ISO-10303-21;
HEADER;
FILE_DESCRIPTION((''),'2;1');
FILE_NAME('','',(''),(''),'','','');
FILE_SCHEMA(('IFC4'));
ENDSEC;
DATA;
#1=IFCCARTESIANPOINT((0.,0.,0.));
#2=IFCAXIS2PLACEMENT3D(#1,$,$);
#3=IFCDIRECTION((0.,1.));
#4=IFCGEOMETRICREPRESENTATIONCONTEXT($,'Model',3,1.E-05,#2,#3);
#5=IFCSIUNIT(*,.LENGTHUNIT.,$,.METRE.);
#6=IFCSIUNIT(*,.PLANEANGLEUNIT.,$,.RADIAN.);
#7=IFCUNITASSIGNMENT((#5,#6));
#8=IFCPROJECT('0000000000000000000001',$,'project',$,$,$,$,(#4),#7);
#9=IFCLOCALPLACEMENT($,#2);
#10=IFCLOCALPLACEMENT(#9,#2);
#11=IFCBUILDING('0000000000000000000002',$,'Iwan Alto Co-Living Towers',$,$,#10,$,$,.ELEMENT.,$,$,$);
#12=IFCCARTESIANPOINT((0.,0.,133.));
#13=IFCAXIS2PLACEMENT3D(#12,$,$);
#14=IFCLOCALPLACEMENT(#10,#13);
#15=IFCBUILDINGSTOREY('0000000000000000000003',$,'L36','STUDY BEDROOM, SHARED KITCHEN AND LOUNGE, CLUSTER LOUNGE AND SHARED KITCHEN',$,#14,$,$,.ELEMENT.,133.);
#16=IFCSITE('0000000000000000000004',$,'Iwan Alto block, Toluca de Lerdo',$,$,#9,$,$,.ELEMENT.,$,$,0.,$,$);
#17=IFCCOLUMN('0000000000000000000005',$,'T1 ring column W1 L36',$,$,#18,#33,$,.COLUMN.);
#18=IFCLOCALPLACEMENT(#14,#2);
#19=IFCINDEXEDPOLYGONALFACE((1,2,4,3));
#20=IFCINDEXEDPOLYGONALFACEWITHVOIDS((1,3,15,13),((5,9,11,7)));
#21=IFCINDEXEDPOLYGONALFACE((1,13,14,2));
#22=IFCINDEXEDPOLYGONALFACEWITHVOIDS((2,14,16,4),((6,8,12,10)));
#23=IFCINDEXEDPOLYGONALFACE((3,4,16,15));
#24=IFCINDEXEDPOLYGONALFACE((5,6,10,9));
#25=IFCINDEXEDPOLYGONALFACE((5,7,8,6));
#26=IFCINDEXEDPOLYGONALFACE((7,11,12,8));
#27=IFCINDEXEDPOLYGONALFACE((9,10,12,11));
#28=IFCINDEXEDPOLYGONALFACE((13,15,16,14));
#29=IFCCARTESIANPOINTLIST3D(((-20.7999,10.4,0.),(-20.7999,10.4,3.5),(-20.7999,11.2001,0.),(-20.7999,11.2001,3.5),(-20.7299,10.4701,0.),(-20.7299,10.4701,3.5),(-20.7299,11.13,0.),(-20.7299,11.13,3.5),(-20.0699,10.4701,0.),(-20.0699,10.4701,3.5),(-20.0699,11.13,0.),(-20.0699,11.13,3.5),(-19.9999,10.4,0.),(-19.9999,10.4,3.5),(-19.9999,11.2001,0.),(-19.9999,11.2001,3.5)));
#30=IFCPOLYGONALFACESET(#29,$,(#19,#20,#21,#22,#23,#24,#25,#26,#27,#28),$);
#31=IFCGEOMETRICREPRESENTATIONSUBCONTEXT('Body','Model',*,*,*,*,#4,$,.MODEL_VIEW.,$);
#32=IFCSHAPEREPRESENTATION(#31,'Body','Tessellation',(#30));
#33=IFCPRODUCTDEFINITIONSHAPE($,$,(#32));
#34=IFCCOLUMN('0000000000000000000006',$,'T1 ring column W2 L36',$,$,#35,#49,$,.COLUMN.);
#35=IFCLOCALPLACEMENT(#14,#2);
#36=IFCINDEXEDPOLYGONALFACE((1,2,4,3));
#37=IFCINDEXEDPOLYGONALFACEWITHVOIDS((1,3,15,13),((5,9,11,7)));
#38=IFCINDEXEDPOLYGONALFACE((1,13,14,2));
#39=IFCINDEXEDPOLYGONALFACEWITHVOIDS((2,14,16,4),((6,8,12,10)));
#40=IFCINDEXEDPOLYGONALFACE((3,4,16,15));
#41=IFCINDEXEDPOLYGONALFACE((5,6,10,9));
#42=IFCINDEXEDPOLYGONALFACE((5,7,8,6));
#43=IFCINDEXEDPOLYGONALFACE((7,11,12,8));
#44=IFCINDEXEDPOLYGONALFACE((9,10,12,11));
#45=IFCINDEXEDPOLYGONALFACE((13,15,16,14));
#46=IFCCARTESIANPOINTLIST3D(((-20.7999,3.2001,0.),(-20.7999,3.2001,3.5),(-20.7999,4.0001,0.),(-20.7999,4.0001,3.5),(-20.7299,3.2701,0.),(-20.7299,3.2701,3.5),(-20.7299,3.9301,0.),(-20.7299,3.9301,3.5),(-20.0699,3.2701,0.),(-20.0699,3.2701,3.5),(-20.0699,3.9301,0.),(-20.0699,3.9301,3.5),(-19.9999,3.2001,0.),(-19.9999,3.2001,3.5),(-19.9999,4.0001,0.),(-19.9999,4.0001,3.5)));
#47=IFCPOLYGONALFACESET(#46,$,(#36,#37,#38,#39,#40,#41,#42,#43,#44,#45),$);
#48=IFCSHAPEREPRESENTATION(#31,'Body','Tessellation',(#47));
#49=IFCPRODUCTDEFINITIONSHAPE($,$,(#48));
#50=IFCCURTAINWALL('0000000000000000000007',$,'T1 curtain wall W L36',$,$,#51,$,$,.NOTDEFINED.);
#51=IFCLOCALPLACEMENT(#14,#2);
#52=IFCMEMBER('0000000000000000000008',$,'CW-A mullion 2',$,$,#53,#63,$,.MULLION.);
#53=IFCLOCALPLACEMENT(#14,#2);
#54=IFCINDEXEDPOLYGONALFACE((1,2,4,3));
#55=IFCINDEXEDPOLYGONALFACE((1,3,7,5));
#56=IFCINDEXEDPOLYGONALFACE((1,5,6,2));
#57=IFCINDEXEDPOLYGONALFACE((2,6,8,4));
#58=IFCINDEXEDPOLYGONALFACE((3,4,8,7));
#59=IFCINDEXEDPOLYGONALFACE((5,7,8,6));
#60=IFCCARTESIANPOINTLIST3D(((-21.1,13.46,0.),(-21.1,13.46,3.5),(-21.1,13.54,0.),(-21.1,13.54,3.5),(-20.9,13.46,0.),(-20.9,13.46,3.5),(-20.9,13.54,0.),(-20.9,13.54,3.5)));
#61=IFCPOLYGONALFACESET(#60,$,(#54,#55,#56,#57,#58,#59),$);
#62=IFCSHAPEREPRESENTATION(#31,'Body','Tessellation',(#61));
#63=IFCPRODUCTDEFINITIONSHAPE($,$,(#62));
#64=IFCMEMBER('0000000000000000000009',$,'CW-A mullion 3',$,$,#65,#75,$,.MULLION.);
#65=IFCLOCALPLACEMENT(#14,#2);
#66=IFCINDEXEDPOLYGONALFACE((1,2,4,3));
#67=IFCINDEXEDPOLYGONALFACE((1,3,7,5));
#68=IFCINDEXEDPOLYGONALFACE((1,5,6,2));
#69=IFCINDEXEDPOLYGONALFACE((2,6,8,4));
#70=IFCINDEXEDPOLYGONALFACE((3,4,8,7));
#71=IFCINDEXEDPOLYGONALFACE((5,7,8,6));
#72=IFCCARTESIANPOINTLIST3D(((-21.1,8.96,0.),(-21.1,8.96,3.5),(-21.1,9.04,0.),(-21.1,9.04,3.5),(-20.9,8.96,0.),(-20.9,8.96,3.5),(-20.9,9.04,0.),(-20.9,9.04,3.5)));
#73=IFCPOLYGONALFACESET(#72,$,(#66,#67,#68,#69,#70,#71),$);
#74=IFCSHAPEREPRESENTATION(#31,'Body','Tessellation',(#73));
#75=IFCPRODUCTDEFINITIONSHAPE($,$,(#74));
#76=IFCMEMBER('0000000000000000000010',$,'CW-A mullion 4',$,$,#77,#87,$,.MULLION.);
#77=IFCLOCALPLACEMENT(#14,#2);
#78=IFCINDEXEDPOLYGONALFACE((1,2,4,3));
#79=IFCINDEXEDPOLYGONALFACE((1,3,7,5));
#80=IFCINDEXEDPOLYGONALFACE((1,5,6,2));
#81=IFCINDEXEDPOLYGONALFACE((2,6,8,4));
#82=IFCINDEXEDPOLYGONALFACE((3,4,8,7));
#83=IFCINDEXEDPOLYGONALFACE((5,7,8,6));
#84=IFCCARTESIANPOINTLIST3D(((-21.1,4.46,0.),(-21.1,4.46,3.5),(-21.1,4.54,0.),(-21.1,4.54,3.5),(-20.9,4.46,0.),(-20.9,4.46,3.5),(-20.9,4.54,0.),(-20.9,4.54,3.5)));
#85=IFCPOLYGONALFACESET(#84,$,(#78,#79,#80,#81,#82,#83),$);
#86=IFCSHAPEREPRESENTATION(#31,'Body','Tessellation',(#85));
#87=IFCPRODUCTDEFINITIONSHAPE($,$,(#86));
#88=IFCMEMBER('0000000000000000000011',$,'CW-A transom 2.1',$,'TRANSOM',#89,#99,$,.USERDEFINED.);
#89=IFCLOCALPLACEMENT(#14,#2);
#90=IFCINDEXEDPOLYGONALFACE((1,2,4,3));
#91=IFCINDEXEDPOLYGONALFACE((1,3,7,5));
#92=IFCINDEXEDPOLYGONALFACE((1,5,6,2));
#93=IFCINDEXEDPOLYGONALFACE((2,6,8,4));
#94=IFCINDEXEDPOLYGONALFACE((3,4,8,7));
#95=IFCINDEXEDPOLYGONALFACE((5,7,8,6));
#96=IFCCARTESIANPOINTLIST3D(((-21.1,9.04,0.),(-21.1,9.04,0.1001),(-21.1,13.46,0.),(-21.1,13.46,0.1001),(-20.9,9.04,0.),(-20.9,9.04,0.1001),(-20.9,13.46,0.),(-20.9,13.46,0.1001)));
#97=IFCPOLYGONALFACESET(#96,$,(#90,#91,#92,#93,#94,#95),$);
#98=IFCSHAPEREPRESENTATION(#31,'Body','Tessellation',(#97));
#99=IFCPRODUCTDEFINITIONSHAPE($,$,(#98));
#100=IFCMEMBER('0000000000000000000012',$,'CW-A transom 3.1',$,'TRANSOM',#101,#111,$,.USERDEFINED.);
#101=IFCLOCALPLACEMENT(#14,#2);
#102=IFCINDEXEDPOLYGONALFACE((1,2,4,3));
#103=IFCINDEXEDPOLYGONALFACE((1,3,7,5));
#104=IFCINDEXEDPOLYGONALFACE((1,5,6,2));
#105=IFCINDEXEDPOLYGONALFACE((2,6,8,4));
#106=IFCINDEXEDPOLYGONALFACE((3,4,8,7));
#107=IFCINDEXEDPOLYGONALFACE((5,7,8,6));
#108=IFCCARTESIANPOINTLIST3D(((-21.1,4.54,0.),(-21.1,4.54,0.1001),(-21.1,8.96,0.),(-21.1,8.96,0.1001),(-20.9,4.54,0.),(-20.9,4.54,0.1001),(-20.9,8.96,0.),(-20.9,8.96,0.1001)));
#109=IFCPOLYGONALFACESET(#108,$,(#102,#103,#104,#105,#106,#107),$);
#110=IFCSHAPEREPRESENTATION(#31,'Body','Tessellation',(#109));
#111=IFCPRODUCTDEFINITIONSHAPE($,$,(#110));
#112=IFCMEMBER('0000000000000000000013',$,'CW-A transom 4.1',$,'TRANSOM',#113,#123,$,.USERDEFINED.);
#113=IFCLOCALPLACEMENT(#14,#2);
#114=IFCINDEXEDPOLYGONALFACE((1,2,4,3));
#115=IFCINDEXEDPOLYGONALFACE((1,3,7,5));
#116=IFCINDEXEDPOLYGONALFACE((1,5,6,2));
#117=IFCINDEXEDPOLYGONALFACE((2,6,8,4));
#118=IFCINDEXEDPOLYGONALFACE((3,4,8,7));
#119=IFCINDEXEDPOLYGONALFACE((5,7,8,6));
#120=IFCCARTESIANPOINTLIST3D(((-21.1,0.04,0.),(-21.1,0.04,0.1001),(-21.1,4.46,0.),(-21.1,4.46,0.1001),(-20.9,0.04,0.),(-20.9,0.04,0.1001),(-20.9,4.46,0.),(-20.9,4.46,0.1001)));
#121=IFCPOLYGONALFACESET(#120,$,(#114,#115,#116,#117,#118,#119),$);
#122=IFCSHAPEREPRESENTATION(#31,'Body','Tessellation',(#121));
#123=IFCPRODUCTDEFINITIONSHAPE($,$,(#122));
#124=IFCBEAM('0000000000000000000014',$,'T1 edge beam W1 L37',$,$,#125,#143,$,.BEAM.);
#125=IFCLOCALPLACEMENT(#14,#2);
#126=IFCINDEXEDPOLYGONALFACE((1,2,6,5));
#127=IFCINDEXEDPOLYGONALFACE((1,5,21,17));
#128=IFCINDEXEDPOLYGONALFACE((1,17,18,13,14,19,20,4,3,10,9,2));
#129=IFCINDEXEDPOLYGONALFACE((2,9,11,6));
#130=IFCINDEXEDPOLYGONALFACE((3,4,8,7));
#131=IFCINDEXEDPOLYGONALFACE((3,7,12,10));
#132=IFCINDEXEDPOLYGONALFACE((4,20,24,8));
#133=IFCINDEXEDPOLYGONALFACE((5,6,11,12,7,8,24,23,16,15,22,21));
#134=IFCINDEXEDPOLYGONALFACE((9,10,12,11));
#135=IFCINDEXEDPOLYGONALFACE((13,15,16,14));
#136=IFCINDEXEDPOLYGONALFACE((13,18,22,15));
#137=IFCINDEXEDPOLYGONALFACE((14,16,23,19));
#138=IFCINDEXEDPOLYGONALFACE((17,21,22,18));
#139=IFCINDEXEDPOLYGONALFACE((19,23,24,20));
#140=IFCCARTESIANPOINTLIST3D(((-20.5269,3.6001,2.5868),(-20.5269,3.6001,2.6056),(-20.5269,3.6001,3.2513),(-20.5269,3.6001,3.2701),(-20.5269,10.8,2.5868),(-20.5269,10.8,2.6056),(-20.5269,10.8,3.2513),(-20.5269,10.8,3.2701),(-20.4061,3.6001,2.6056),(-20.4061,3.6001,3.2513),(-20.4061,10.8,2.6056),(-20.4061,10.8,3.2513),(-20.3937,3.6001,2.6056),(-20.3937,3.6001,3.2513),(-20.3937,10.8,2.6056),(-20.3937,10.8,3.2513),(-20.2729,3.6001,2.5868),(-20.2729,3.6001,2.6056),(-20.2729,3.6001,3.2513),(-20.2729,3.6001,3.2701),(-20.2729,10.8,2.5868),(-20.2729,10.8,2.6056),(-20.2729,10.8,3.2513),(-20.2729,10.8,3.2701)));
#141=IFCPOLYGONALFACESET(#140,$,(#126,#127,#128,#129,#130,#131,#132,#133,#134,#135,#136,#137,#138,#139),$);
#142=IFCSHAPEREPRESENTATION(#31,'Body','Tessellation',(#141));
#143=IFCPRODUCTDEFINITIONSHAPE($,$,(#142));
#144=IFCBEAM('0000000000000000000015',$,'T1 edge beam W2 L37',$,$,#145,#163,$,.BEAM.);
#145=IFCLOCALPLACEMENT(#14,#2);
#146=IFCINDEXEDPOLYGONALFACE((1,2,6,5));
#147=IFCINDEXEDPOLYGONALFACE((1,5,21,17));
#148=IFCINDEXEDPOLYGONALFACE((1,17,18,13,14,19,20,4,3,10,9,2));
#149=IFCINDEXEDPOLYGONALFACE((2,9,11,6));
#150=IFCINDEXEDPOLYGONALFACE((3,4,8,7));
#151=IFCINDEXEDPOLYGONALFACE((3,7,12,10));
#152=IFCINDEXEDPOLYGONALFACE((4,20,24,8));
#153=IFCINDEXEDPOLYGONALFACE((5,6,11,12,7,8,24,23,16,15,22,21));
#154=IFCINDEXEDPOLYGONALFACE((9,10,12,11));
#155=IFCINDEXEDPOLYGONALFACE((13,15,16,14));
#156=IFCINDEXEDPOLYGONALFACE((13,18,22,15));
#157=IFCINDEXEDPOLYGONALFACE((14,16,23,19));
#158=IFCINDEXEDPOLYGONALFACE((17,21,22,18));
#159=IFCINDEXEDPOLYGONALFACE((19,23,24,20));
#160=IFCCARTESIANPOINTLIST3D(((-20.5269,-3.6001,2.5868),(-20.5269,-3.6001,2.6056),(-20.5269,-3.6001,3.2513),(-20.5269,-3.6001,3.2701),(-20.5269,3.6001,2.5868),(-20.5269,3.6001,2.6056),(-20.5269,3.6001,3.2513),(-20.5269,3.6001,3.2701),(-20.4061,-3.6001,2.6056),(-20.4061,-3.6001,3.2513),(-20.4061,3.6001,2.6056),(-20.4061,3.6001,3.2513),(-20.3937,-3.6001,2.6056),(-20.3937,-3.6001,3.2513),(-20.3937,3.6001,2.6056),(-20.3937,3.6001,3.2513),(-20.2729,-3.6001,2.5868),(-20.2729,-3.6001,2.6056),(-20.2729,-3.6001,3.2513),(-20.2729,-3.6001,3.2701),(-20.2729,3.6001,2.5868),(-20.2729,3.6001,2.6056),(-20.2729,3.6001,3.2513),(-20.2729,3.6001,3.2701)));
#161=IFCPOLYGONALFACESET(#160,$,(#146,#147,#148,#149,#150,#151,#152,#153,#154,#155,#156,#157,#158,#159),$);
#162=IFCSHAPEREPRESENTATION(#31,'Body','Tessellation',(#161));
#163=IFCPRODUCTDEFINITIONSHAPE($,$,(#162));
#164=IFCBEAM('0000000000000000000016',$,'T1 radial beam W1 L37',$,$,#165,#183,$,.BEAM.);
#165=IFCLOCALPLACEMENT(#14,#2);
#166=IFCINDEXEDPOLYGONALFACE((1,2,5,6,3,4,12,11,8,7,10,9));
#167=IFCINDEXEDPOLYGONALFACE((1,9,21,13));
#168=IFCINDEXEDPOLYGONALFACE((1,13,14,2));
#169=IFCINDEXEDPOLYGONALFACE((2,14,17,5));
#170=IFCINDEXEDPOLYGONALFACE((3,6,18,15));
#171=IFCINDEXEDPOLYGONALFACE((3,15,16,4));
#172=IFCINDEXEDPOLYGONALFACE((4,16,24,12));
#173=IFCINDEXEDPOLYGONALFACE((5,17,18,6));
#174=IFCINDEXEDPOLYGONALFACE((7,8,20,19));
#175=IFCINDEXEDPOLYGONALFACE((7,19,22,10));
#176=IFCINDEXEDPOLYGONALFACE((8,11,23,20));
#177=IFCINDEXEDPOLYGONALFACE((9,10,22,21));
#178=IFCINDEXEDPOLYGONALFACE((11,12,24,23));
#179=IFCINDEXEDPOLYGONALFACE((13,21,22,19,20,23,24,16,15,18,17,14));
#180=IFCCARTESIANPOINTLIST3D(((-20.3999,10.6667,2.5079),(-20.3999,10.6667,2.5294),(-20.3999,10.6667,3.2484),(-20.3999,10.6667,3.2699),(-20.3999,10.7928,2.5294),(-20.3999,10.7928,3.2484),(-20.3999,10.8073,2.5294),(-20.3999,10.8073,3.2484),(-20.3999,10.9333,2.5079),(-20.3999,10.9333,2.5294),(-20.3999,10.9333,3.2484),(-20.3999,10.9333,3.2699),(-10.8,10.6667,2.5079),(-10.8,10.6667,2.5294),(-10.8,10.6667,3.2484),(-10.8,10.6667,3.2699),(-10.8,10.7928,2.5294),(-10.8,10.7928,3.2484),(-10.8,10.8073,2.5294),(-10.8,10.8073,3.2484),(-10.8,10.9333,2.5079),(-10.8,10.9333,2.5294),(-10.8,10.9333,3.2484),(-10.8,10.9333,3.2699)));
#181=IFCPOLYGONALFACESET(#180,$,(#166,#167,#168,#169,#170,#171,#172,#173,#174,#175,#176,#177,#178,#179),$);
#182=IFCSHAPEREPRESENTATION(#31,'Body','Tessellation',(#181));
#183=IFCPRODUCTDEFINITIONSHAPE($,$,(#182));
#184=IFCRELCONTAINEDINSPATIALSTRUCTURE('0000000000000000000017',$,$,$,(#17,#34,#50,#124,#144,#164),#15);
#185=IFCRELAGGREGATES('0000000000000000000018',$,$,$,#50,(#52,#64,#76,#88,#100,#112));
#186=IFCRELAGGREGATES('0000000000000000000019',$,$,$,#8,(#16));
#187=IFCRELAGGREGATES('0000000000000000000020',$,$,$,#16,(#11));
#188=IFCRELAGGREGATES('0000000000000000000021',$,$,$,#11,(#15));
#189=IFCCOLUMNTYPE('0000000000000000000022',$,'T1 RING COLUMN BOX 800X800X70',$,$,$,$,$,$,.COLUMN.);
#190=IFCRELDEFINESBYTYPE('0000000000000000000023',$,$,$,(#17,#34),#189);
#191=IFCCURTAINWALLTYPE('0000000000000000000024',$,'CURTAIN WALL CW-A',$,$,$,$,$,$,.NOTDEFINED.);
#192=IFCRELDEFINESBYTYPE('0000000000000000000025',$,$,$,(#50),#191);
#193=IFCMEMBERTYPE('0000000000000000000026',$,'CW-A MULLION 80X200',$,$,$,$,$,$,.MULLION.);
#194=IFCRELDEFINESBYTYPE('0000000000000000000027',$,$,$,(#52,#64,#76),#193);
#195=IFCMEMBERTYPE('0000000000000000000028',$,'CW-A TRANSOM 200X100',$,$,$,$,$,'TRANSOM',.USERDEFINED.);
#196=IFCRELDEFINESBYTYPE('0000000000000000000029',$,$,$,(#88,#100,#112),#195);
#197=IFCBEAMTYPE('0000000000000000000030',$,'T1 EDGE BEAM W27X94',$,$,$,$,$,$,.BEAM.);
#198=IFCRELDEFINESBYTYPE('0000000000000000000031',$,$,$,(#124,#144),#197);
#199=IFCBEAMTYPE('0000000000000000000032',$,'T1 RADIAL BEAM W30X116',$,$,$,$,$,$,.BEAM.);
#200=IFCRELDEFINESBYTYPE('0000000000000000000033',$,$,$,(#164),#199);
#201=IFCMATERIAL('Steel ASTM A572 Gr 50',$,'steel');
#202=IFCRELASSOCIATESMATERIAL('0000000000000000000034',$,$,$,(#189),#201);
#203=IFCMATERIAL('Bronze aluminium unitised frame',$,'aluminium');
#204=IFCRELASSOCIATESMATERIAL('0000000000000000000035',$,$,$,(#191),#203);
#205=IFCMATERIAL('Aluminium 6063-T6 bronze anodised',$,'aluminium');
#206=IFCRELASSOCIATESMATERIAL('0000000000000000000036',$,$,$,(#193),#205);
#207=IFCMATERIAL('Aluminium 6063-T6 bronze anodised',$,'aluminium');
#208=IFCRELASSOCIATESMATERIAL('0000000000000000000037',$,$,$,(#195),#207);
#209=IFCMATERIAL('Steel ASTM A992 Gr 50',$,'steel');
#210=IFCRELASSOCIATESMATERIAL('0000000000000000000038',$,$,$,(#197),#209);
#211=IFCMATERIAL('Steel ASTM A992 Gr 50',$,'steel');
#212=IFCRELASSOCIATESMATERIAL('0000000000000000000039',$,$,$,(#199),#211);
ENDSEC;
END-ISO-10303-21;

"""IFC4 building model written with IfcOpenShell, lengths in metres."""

from ifc_helpers import new_model, si_unit, direction, frame, origin, origin_2d, place, context, subcontext, project, spatial, rectangle, hollow_rectangle, i_section, extrude, material, material_profile, profile_set, type_object, element, aggregate, save


model = new_model("IFC4")

# Units and contexts
model_context = context("Model", 3, precision=1e-05, world=origin(), true_north=direction((0.0, 1.0)))
body_context = subcontext(model_context, "Body", "Model", "MODEL_VIEW")
ifc_project = project(units=[si_unit("LENGTHUNIT", "METRE"), si_unit("PLANEANGLEUNIT", "RADIAN")], contexts=[model_context])

# Site, building, storey
site_placement = place(None, origin())
site = spatial("IfcSite", under=ifc_project, at=site_placement, Name="Iwan Alto block, Toluca de Lerdo", CompositionType="ELEMENT", RefElevation=0.0)
building_placement = place(site_placement, origin())
building = spatial("IfcBuilding", under=site, at=building_placement, Name="Iwan Alto Co-Living Towers", CompositionType="ELEMENT")
storey_placement = place(building_placement, frame((0.0, 0.0, 133.0)))
storey = spatial("IfcBuildingStorey", under=building, at=storey_placement, Name="L36", Description="STUDY BEDROOM, SHARED KITCHEN AND LOUNGE, CLUSTER LOUNGE AND SHARED KITCHEN", CompositionType="ELEMENT", Elevation=133.0)

# Columns
ifc_material_1 = material(Name="Steel ASTM A572 Gr 50", Category="steel")
ifc_material_profile_1 = material_profile(ifc_material_1, hollow_rectangle(XDim=0.8, YDim=0.8, WallThickness=0.0701, at=origin_2d()), Name="BOX 800X800X70")
ifc_profile_set_1 = profile_set([ifc_material_profile_1], Name="Steel ASTM A572 Gr 50")
column_type = type_object("IfcColumnType", Name="T1 RING COLUMN BOX 800X800X70", PredefinedType="COLUMN", material=ifc_profile_set_1)
for number, where, z_axis, x_axis, name in (
    (1, (-20.3999, 10.8, 0.0), (0.0, 0.0, 1.0), (1.0, 0.0, 0.0), "T1 ring column W1 L36"),
    (2, (-20.3999, 3.6001, 0.0), (0.0, 0.0, 1.0), (1.0, 0.0, 0.0), "T1 ring column W2 L36"),
):
    element("IfcColumn", number, at=place(storey_placement, frame(where, z_axis=z_axis, x_axis=x_axis)), inside=storey, type_object=column_type, Name=name, PredefinedType="COLUMN", context=body_context, shape_type="SweptSolid", body=[
        extrude(hollow_rectangle(XDim=0.8, YDim=0.8, WallThickness=0.0701, at=origin_2d()), origin(), (0.0, 0.0, 1.0), 3.5),
    ])

# Curtain wall, members
ifc_material_2 = material(Name="Bronze aluminium unitised frame", Category="aluminium")
curtain_wall_type = type_object("IfcCurtainWallType", Name="CURTAIN WALL CW-A", PredefinedType="NOTDEFINED", material=ifc_material_2)
curtain_wall_placement = place(storey_placement, origin())
curtain_wall = element("IfcCurtainWall", 3, at=curtain_wall_placement, inside=storey, type_object=curtain_wall_type, Name="T1 curtain wall W L36", PredefinedType="NOTDEFINED")
ifc_material_3 = material(Name="Aluminium 6063-T6 bronze anodised", Category="aluminium")
ifc_material_profile_2 = material_profile(ifc_material_3, rectangle(XDim=0.2, YDim=0.0801, at=origin_2d()), Name="AL 80X200")
ifc_profile_set_2 = profile_set([ifc_material_profile_2], Name="Aluminium 6063-T6 bronze anodised")
member_type_1 = type_object("IfcMemberType", Name="CW-A MULLION 80X200", PredefinedType="MULLION", material=ifc_profile_set_2)
member_1_placement = place(storey_placement, frame((-21.0, 13.5, 0.0), z_axis=(0.0, 0.0, 1.0), x_axis=(1.0, 0.0, 0.0)))
member_1 = element("IfcMember", 4, at=member_1_placement, type_object=member_type_1, Name="CW-A mullion 2", PredefinedType="MULLION", context=body_context, shape_type="SweptSolid", body=[
    extrude(rectangle(XDim=0.2, YDim=0.0801, at=origin_2d()), origin(), (0.0, 0.0, 1.0), 3.5),
])
member_2_placement = place(storey_placement, frame((-21.0, 9.0, 0.0), z_axis=(0.0, 0.0, 1.0), x_axis=(1.0, 0.0, 0.0)))
member_2 = element("IfcMember", 5, at=member_2_placement, type_object=member_type_1, Name="CW-A mullion 3", PredefinedType="MULLION", context=body_context, shape_type="SweptSolid", body=[
    extrude(rectangle(XDim=0.2, YDim=0.0801, at=origin_2d()), origin(), (0.0, 0.0, 1.0), 3.5),
])
member_3_placement = place(storey_placement, frame((-21.0, 4.5, 0.0), z_axis=(0.0, 0.0, 1.0), x_axis=(1.0, 0.0, 0.0)))
member_3 = element("IfcMember", 6, at=member_3_placement, type_object=member_type_1, Name="CW-A mullion 4", PredefinedType="MULLION", context=body_context, shape_type="SweptSolid", body=[
    extrude(rectangle(XDim=0.2, YDim=0.0801, at=origin_2d()), origin(), (0.0, 0.0, 1.0), 3.5),
])
ifc_material_4 = material(Name="Aluminium 6063-T6 bronze anodised", Category="aluminium")
ifc_material_profile_3 = material_profile(ifc_material_4, rectangle(XDim=0.2, YDim=0.1001, at=origin_2d()), Name="AL 200X100")
ifc_profile_set_3 = profile_set([ifc_material_profile_3], Name="Aluminium 6063-T6 bronze anodised")
member_type_2 = type_object("IfcMemberType", Name="CW-A TRANSOM 200X100", ElementType="TRANSOM", PredefinedType="USERDEFINED", material=ifc_profile_set_3)
member_4_placement = place(storey_placement, frame((-21.0, 13.46, 0.05), z_axis=(0.0, -1.0, 0.0), x_axis=(1.0, 0.0, 0.0)))
member_4 = element("IfcMember", 7, at=member_4_placement, type_object=member_type_2, Name="CW-A transom 2.1", ObjectType="TRANSOM", PredefinedType="USERDEFINED", context=body_context, shape_type="SweptSolid", body=[
    extrude(rectangle(XDim=0.2, YDim=0.1001, at=origin_2d()), origin(), (0.0, 0.0, 1.0), 4.4199),
])
member_5_placement = place(storey_placement, frame((-21.0, 8.96, 0.05), z_axis=(0.0, -1.0, 0.0), x_axis=(1.0, 0.0, 0.0)))
member_5 = element("IfcMember", 8, at=member_5_placement, type_object=member_type_2, Name="CW-A transom 3.1", ObjectType="TRANSOM", PredefinedType="USERDEFINED", context=body_context, shape_type="SweptSolid", body=[
    extrude(rectangle(XDim=0.2, YDim=0.1001, at=origin_2d()), origin(), (0.0, 0.0, 1.0), 4.4199),
])
member_6_placement = place(storey_placement, frame((-21.0, 4.46, 0.05), z_axis=(0.0, -1.0, 0.0), x_axis=(1.0, 0.0, 0.0)))
member_6 = element("IfcMember", 9, at=member_6_placement, type_object=member_type_2, Name="CW-A transom 4.1", ObjectType="TRANSOM", PredefinedType="USERDEFINED", context=body_context, shape_type="SweptSolid", body=[
    extrude(rectangle(XDim=0.2, YDim=0.1001, at=origin_2d()), origin(), (0.0, 0.0, 1.0), 4.4199),
])

# Beams
ifc_material_5 = material(Name="Steel ASTM A992 Gr 50", Category="steel")
ifc_material_profile_4 = material_profile(ifc_material_5, i_section(OverallWidth=0.2539, OverallDepth=0.6833, WebThickness=0.0125, FlangeThickness=0.0188, at=origin_2d()), Name="W27X94")
ifc_profile_set_4 = profile_set([ifc_material_profile_4], Name="Steel ASTM A992 Gr 50")
beam_type_1 = type_object("IfcBeamType", Name="T1 EDGE BEAM W27X94", PredefinedType="BEAM", material=ifc_profile_set_4)
beam_1_placement = place(storey_placement, frame((-20.3999, 10.8, 2.9285), z_axis=(0.0, -1.0, 0.0), x_axis=(1.0, 0.0, 0.0)))
element("IfcBeam", 10, at=beam_1_placement, inside=storey, type_object=beam_type_1, Name="T1 edge beam W1 L37", PredefinedType="BEAM", context=body_context, shape_type="SweptSolid", body=[
    extrude(i_section(OverallWidth=0.2539, OverallDepth=0.6833, WebThickness=0.0125, FlangeThickness=0.0188, at=origin_2d()), origin(), (0.0, 0.0, 1.0), 7.2),
])
beam_2_placement = place(storey_placement, frame((-20.3999, 3.6001, 2.9285), z_axis=(0.0, -1.0, 0.0), x_axis=(1.0, 0.0, 0.0)))
element("IfcBeam", 11, at=beam_2_placement, inside=storey, type_object=beam_type_1, Name="T1 edge beam W2 L37", PredefinedType="BEAM", context=body_context, shape_type="SweptSolid", body=[
    extrude(i_section(OverallWidth=0.2539, OverallDepth=0.6833, WebThickness=0.0125, FlangeThickness=0.0188, at=origin_2d()), origin(), (0.0, 0.0, 1.0), 7.2002),
])
ifc_material_6 = material(Name="Steel ASTM A992 Gr 50", Category="steel")
ifc_material_profile_5 = material_profile(ifc_material_6, i_section(OverallWidth=0.2666, OverallDepth=0.762, WebThickness=0.0144, FlangeThickness=0.0215, at=origin_2d()), Name="W30X116")
ifc_profile_set_5 = profile_set([ifc_material_profile_5], Name="Steel ASTM A992 Gr 50")
beam_type_2 = type_object("IfcBeamType", Name="T1 RADIAL BEAM W30X116", PredefinedType="BEAM", material=ifc_profile_set_5)
beam_3_placement = place(storey_placement, frame((-20.3999, 10.8, 2.8889), z_axis=(1.0, 0.0, 0.0), x_axis=(0.0, 1.0, 0.0)))
element("IfcBeam", 12, at=beam_3_placement, inside=storey, type_object=beam_type_2, Name="T1 radial beam W1 L37", PredefinedType="BEAM", context=body_context, shape_type="SweptSolid", body=[
    extrude(i_section(OverallWidth=0.2666, OverallDepth=0.762, WebThickness=0.0144, FlangeThickness=0.0215, at=origin_2d()), origin(), (0.0, 0.0, 1.0), 9.5999),
])

aggregate(curtain_wall, [member_1, member_2, member_3, member_4, member_5, member_6])

save(model, "model.ifc")
